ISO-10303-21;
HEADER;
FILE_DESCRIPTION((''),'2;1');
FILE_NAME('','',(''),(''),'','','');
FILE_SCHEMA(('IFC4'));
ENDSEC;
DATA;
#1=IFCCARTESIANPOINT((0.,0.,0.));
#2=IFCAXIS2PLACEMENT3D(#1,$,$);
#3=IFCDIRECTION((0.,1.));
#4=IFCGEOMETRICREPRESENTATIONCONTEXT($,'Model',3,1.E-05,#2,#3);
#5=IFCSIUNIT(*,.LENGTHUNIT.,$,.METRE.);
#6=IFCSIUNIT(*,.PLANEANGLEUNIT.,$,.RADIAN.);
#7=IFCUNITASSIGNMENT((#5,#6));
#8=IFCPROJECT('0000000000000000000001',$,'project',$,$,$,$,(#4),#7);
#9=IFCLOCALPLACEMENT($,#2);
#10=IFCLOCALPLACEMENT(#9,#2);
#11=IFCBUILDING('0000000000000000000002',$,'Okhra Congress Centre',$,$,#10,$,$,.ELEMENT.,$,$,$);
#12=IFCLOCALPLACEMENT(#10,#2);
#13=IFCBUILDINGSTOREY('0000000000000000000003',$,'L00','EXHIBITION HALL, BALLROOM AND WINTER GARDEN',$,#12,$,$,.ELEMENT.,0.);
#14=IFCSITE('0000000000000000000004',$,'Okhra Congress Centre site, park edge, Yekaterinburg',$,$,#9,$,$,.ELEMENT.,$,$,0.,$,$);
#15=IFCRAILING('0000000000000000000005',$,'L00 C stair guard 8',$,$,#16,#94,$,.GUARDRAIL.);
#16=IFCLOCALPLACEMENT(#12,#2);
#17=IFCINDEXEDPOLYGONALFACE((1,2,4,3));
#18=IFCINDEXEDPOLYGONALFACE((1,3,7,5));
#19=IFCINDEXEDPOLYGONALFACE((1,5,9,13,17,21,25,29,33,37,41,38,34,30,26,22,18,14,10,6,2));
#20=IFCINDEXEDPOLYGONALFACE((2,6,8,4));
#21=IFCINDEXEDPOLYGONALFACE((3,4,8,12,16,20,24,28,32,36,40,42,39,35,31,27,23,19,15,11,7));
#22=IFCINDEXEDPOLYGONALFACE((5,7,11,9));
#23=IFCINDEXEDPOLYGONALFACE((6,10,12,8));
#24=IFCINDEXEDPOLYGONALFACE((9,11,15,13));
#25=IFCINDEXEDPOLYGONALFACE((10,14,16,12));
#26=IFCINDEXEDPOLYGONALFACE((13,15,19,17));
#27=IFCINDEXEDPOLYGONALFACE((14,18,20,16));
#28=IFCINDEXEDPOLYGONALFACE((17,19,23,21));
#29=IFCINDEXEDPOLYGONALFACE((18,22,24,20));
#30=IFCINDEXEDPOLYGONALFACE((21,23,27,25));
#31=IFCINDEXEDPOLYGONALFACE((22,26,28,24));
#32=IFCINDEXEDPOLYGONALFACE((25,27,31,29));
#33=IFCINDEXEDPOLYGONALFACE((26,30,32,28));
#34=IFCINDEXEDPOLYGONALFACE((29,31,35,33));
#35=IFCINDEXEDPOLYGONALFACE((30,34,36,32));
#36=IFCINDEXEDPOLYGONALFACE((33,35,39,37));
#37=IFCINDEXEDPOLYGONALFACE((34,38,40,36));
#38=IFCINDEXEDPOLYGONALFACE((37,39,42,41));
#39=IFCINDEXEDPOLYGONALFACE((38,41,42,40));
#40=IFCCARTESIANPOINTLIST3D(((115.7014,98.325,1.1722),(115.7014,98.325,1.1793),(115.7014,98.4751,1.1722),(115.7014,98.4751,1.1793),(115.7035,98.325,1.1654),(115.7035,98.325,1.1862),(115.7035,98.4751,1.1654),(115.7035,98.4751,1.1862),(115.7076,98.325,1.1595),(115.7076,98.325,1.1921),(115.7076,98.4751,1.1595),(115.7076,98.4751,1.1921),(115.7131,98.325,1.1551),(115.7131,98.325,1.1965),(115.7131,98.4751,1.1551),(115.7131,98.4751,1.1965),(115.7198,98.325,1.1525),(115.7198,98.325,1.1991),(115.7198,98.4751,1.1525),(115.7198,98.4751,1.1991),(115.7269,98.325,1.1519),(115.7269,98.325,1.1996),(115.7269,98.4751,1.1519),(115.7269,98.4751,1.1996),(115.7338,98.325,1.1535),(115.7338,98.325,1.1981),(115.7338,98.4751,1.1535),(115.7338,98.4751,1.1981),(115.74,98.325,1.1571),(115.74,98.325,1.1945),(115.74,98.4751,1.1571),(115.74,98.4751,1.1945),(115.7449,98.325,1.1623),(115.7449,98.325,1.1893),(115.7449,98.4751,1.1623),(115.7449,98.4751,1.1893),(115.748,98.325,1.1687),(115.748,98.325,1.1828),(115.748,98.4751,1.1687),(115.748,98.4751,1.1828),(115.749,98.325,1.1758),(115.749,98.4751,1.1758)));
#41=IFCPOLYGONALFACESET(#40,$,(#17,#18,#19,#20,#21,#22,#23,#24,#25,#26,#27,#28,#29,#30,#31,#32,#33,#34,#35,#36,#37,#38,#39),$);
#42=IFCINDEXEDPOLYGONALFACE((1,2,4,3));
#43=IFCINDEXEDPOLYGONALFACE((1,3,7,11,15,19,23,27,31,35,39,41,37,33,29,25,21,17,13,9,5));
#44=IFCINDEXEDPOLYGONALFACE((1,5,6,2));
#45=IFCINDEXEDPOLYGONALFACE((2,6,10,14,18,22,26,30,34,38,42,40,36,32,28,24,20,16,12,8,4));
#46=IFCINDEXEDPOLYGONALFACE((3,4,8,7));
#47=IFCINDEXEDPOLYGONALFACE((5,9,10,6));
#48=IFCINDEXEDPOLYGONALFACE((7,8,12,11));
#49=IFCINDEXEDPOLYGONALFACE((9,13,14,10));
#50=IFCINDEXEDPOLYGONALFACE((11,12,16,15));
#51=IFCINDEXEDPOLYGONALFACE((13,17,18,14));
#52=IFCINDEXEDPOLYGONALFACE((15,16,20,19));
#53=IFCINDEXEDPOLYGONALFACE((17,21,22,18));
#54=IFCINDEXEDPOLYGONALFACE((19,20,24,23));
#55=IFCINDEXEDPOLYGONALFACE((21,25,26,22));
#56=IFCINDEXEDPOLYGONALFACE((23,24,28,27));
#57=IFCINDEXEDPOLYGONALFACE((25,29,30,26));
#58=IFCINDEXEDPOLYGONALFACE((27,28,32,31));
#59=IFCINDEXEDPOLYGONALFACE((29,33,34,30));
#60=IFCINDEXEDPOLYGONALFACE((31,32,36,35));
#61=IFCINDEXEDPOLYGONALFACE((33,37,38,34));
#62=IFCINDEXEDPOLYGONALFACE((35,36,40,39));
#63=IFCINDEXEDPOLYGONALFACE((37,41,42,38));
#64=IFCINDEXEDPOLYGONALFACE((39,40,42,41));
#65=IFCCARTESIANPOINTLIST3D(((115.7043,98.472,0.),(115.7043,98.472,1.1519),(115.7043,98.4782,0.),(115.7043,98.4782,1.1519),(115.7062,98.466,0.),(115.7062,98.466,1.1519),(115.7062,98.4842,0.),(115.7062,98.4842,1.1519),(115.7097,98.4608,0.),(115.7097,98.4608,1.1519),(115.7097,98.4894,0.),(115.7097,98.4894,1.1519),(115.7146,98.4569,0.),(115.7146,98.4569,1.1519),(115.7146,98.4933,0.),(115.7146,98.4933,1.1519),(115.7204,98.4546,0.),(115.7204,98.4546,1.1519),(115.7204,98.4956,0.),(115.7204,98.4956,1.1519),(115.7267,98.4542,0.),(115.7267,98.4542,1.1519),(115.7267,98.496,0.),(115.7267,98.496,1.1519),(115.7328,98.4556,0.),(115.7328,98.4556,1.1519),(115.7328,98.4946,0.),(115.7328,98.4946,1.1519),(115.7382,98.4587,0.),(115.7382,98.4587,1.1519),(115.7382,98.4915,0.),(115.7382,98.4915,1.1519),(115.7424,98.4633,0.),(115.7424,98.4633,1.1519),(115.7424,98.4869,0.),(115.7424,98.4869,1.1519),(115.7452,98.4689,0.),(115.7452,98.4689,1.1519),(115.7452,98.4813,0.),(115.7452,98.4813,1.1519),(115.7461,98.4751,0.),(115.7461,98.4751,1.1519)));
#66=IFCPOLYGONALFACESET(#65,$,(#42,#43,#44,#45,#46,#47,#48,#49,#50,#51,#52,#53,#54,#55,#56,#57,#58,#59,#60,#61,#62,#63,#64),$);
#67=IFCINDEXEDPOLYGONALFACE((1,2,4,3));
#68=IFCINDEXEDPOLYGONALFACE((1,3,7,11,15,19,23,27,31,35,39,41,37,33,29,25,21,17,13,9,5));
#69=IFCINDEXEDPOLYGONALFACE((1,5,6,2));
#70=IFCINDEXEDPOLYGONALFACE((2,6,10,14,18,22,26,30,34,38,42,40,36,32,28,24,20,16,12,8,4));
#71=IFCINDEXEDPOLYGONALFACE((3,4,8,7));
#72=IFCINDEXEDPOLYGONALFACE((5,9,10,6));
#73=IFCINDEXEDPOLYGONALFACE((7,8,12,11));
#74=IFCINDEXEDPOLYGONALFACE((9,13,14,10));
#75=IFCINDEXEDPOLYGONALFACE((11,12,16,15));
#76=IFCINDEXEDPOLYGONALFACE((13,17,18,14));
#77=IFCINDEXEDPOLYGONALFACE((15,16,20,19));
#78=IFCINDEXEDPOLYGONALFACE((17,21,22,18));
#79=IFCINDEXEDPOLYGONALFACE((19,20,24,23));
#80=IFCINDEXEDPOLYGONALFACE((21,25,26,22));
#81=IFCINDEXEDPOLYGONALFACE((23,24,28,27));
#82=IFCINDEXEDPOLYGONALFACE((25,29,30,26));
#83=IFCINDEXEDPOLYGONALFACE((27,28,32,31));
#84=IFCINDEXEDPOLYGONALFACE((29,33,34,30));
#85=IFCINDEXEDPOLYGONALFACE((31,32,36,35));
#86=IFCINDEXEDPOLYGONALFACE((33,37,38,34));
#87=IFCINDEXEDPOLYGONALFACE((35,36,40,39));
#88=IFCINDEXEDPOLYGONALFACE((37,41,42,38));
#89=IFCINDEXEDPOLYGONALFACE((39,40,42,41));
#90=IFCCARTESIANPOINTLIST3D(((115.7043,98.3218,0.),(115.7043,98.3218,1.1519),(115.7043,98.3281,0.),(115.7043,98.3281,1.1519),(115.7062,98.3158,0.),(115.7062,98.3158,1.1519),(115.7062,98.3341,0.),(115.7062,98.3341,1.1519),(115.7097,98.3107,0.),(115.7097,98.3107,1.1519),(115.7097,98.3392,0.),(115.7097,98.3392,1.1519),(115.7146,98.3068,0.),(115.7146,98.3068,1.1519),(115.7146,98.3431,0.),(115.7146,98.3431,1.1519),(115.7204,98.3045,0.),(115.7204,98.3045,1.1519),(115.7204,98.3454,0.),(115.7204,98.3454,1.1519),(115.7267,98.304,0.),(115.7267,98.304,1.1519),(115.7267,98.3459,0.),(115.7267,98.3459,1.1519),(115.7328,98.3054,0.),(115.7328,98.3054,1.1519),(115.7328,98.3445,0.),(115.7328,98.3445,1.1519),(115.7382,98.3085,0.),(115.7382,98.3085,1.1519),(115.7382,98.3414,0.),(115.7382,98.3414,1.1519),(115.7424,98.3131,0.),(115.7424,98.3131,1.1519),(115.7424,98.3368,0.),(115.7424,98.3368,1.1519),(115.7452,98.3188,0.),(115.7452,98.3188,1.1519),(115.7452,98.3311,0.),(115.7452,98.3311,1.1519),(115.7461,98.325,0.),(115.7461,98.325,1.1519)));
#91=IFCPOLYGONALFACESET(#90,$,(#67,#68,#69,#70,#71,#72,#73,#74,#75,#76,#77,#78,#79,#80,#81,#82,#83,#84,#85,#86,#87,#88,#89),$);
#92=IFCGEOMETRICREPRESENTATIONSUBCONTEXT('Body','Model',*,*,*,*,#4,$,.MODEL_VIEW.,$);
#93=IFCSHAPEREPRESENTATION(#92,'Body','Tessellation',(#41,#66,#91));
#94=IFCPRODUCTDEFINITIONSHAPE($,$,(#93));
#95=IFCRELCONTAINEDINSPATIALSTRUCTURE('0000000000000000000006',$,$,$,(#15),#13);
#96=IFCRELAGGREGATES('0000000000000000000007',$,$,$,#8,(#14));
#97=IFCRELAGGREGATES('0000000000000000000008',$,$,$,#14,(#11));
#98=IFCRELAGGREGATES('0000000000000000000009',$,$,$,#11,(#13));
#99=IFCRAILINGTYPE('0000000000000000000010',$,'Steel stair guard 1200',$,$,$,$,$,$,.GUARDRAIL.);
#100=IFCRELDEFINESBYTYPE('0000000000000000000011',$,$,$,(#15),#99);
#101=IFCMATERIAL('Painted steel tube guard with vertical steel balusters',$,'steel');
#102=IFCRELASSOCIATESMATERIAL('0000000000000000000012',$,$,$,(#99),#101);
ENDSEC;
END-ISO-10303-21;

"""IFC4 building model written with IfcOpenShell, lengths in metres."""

from ifc_helpers import new_model, si_unit, direction, frame, origin, origin_2d, place, context, subcontext, project, spatial, circle, extrude, material, type_object, element, save


model = new_model("IFC4")

# Units and contexts
model_context = context("Model", 3, precision=1e-05, world=origin(), true_north=direction((0.0, 1.0)))
body_context = subcontext(model_context, "Body", "Model", "MODEL_VIEW")
ifc_project = project(units=[si_unit("LENGTHUNIT", "METRE"), si_unit("PLANEANGLEUNIT", "RADIAN")], contexts=[model_context])

# Site, building, storey
site_placement = place(None, origin())
site = spatial("IfcSite", under=ifc_project, at=site_placement, Name="Okhra Congress Centre site, park edge, Yekaterinburg", CompositionType="ELEMENT", RefElevation=0.0)
building_placement = place(site_placement, origin())
building = spatial("IfcBuilding", under=site, at=building_placement, Name="Okhra Congress Centre", CompositionType="ELEMENT")
storey_placement = place(building_placement, origin())
storey = spatial("IfcBuildingStorey", under=building, at=storey_placement, Name="L00", Description="EXHIBITION HALL, BALLROOM AND WINTER GARDEN", CompositionType="ELEMENT", Elevation=0.0)

# Railing
ifc_material_1 = material(Name="Painted steel tube guard with vertical steel balusters", Category="steel")
railing_type_1 = type_object("IfcRailingType", Name="Steel stair guard 1200", PredefinedType="GUARDRAIL", material=ifc_material_1)
railing_1_placement = place(storey_placement, frame((115.7251, 98.4751, 0.0)))
element("IfcRailing", 1, at=railing_1_placement, inside=storey, type_object=railing_type_1, Name="L00 C stair guard 8", PredefinedType="GUARDRAIL", context=body_context, shape_type="SweptSolid", body=[
    extrude(circle(Radius=0.0239, at=origin_2d()), frame((0.0, 0.0, 1.1758), z_axis=(0.0, -1.0, 0.0), x_axis=(1.0, 0.0, 0.0)), (0.0, 0.0, 1.0), 0.1501),
    extrude(circle(Radius=0.021, at=origin_2d()), origin(), (0.0, 0.0, 1.0), 1.1519),
    extrude(circle(Radius=0.021, at=origin_2d()), frame((0.0, -0.1501, 0.0)), (0.0, 0.0, 1.0), 1.1519),
])

save(model, "model.ifc")
